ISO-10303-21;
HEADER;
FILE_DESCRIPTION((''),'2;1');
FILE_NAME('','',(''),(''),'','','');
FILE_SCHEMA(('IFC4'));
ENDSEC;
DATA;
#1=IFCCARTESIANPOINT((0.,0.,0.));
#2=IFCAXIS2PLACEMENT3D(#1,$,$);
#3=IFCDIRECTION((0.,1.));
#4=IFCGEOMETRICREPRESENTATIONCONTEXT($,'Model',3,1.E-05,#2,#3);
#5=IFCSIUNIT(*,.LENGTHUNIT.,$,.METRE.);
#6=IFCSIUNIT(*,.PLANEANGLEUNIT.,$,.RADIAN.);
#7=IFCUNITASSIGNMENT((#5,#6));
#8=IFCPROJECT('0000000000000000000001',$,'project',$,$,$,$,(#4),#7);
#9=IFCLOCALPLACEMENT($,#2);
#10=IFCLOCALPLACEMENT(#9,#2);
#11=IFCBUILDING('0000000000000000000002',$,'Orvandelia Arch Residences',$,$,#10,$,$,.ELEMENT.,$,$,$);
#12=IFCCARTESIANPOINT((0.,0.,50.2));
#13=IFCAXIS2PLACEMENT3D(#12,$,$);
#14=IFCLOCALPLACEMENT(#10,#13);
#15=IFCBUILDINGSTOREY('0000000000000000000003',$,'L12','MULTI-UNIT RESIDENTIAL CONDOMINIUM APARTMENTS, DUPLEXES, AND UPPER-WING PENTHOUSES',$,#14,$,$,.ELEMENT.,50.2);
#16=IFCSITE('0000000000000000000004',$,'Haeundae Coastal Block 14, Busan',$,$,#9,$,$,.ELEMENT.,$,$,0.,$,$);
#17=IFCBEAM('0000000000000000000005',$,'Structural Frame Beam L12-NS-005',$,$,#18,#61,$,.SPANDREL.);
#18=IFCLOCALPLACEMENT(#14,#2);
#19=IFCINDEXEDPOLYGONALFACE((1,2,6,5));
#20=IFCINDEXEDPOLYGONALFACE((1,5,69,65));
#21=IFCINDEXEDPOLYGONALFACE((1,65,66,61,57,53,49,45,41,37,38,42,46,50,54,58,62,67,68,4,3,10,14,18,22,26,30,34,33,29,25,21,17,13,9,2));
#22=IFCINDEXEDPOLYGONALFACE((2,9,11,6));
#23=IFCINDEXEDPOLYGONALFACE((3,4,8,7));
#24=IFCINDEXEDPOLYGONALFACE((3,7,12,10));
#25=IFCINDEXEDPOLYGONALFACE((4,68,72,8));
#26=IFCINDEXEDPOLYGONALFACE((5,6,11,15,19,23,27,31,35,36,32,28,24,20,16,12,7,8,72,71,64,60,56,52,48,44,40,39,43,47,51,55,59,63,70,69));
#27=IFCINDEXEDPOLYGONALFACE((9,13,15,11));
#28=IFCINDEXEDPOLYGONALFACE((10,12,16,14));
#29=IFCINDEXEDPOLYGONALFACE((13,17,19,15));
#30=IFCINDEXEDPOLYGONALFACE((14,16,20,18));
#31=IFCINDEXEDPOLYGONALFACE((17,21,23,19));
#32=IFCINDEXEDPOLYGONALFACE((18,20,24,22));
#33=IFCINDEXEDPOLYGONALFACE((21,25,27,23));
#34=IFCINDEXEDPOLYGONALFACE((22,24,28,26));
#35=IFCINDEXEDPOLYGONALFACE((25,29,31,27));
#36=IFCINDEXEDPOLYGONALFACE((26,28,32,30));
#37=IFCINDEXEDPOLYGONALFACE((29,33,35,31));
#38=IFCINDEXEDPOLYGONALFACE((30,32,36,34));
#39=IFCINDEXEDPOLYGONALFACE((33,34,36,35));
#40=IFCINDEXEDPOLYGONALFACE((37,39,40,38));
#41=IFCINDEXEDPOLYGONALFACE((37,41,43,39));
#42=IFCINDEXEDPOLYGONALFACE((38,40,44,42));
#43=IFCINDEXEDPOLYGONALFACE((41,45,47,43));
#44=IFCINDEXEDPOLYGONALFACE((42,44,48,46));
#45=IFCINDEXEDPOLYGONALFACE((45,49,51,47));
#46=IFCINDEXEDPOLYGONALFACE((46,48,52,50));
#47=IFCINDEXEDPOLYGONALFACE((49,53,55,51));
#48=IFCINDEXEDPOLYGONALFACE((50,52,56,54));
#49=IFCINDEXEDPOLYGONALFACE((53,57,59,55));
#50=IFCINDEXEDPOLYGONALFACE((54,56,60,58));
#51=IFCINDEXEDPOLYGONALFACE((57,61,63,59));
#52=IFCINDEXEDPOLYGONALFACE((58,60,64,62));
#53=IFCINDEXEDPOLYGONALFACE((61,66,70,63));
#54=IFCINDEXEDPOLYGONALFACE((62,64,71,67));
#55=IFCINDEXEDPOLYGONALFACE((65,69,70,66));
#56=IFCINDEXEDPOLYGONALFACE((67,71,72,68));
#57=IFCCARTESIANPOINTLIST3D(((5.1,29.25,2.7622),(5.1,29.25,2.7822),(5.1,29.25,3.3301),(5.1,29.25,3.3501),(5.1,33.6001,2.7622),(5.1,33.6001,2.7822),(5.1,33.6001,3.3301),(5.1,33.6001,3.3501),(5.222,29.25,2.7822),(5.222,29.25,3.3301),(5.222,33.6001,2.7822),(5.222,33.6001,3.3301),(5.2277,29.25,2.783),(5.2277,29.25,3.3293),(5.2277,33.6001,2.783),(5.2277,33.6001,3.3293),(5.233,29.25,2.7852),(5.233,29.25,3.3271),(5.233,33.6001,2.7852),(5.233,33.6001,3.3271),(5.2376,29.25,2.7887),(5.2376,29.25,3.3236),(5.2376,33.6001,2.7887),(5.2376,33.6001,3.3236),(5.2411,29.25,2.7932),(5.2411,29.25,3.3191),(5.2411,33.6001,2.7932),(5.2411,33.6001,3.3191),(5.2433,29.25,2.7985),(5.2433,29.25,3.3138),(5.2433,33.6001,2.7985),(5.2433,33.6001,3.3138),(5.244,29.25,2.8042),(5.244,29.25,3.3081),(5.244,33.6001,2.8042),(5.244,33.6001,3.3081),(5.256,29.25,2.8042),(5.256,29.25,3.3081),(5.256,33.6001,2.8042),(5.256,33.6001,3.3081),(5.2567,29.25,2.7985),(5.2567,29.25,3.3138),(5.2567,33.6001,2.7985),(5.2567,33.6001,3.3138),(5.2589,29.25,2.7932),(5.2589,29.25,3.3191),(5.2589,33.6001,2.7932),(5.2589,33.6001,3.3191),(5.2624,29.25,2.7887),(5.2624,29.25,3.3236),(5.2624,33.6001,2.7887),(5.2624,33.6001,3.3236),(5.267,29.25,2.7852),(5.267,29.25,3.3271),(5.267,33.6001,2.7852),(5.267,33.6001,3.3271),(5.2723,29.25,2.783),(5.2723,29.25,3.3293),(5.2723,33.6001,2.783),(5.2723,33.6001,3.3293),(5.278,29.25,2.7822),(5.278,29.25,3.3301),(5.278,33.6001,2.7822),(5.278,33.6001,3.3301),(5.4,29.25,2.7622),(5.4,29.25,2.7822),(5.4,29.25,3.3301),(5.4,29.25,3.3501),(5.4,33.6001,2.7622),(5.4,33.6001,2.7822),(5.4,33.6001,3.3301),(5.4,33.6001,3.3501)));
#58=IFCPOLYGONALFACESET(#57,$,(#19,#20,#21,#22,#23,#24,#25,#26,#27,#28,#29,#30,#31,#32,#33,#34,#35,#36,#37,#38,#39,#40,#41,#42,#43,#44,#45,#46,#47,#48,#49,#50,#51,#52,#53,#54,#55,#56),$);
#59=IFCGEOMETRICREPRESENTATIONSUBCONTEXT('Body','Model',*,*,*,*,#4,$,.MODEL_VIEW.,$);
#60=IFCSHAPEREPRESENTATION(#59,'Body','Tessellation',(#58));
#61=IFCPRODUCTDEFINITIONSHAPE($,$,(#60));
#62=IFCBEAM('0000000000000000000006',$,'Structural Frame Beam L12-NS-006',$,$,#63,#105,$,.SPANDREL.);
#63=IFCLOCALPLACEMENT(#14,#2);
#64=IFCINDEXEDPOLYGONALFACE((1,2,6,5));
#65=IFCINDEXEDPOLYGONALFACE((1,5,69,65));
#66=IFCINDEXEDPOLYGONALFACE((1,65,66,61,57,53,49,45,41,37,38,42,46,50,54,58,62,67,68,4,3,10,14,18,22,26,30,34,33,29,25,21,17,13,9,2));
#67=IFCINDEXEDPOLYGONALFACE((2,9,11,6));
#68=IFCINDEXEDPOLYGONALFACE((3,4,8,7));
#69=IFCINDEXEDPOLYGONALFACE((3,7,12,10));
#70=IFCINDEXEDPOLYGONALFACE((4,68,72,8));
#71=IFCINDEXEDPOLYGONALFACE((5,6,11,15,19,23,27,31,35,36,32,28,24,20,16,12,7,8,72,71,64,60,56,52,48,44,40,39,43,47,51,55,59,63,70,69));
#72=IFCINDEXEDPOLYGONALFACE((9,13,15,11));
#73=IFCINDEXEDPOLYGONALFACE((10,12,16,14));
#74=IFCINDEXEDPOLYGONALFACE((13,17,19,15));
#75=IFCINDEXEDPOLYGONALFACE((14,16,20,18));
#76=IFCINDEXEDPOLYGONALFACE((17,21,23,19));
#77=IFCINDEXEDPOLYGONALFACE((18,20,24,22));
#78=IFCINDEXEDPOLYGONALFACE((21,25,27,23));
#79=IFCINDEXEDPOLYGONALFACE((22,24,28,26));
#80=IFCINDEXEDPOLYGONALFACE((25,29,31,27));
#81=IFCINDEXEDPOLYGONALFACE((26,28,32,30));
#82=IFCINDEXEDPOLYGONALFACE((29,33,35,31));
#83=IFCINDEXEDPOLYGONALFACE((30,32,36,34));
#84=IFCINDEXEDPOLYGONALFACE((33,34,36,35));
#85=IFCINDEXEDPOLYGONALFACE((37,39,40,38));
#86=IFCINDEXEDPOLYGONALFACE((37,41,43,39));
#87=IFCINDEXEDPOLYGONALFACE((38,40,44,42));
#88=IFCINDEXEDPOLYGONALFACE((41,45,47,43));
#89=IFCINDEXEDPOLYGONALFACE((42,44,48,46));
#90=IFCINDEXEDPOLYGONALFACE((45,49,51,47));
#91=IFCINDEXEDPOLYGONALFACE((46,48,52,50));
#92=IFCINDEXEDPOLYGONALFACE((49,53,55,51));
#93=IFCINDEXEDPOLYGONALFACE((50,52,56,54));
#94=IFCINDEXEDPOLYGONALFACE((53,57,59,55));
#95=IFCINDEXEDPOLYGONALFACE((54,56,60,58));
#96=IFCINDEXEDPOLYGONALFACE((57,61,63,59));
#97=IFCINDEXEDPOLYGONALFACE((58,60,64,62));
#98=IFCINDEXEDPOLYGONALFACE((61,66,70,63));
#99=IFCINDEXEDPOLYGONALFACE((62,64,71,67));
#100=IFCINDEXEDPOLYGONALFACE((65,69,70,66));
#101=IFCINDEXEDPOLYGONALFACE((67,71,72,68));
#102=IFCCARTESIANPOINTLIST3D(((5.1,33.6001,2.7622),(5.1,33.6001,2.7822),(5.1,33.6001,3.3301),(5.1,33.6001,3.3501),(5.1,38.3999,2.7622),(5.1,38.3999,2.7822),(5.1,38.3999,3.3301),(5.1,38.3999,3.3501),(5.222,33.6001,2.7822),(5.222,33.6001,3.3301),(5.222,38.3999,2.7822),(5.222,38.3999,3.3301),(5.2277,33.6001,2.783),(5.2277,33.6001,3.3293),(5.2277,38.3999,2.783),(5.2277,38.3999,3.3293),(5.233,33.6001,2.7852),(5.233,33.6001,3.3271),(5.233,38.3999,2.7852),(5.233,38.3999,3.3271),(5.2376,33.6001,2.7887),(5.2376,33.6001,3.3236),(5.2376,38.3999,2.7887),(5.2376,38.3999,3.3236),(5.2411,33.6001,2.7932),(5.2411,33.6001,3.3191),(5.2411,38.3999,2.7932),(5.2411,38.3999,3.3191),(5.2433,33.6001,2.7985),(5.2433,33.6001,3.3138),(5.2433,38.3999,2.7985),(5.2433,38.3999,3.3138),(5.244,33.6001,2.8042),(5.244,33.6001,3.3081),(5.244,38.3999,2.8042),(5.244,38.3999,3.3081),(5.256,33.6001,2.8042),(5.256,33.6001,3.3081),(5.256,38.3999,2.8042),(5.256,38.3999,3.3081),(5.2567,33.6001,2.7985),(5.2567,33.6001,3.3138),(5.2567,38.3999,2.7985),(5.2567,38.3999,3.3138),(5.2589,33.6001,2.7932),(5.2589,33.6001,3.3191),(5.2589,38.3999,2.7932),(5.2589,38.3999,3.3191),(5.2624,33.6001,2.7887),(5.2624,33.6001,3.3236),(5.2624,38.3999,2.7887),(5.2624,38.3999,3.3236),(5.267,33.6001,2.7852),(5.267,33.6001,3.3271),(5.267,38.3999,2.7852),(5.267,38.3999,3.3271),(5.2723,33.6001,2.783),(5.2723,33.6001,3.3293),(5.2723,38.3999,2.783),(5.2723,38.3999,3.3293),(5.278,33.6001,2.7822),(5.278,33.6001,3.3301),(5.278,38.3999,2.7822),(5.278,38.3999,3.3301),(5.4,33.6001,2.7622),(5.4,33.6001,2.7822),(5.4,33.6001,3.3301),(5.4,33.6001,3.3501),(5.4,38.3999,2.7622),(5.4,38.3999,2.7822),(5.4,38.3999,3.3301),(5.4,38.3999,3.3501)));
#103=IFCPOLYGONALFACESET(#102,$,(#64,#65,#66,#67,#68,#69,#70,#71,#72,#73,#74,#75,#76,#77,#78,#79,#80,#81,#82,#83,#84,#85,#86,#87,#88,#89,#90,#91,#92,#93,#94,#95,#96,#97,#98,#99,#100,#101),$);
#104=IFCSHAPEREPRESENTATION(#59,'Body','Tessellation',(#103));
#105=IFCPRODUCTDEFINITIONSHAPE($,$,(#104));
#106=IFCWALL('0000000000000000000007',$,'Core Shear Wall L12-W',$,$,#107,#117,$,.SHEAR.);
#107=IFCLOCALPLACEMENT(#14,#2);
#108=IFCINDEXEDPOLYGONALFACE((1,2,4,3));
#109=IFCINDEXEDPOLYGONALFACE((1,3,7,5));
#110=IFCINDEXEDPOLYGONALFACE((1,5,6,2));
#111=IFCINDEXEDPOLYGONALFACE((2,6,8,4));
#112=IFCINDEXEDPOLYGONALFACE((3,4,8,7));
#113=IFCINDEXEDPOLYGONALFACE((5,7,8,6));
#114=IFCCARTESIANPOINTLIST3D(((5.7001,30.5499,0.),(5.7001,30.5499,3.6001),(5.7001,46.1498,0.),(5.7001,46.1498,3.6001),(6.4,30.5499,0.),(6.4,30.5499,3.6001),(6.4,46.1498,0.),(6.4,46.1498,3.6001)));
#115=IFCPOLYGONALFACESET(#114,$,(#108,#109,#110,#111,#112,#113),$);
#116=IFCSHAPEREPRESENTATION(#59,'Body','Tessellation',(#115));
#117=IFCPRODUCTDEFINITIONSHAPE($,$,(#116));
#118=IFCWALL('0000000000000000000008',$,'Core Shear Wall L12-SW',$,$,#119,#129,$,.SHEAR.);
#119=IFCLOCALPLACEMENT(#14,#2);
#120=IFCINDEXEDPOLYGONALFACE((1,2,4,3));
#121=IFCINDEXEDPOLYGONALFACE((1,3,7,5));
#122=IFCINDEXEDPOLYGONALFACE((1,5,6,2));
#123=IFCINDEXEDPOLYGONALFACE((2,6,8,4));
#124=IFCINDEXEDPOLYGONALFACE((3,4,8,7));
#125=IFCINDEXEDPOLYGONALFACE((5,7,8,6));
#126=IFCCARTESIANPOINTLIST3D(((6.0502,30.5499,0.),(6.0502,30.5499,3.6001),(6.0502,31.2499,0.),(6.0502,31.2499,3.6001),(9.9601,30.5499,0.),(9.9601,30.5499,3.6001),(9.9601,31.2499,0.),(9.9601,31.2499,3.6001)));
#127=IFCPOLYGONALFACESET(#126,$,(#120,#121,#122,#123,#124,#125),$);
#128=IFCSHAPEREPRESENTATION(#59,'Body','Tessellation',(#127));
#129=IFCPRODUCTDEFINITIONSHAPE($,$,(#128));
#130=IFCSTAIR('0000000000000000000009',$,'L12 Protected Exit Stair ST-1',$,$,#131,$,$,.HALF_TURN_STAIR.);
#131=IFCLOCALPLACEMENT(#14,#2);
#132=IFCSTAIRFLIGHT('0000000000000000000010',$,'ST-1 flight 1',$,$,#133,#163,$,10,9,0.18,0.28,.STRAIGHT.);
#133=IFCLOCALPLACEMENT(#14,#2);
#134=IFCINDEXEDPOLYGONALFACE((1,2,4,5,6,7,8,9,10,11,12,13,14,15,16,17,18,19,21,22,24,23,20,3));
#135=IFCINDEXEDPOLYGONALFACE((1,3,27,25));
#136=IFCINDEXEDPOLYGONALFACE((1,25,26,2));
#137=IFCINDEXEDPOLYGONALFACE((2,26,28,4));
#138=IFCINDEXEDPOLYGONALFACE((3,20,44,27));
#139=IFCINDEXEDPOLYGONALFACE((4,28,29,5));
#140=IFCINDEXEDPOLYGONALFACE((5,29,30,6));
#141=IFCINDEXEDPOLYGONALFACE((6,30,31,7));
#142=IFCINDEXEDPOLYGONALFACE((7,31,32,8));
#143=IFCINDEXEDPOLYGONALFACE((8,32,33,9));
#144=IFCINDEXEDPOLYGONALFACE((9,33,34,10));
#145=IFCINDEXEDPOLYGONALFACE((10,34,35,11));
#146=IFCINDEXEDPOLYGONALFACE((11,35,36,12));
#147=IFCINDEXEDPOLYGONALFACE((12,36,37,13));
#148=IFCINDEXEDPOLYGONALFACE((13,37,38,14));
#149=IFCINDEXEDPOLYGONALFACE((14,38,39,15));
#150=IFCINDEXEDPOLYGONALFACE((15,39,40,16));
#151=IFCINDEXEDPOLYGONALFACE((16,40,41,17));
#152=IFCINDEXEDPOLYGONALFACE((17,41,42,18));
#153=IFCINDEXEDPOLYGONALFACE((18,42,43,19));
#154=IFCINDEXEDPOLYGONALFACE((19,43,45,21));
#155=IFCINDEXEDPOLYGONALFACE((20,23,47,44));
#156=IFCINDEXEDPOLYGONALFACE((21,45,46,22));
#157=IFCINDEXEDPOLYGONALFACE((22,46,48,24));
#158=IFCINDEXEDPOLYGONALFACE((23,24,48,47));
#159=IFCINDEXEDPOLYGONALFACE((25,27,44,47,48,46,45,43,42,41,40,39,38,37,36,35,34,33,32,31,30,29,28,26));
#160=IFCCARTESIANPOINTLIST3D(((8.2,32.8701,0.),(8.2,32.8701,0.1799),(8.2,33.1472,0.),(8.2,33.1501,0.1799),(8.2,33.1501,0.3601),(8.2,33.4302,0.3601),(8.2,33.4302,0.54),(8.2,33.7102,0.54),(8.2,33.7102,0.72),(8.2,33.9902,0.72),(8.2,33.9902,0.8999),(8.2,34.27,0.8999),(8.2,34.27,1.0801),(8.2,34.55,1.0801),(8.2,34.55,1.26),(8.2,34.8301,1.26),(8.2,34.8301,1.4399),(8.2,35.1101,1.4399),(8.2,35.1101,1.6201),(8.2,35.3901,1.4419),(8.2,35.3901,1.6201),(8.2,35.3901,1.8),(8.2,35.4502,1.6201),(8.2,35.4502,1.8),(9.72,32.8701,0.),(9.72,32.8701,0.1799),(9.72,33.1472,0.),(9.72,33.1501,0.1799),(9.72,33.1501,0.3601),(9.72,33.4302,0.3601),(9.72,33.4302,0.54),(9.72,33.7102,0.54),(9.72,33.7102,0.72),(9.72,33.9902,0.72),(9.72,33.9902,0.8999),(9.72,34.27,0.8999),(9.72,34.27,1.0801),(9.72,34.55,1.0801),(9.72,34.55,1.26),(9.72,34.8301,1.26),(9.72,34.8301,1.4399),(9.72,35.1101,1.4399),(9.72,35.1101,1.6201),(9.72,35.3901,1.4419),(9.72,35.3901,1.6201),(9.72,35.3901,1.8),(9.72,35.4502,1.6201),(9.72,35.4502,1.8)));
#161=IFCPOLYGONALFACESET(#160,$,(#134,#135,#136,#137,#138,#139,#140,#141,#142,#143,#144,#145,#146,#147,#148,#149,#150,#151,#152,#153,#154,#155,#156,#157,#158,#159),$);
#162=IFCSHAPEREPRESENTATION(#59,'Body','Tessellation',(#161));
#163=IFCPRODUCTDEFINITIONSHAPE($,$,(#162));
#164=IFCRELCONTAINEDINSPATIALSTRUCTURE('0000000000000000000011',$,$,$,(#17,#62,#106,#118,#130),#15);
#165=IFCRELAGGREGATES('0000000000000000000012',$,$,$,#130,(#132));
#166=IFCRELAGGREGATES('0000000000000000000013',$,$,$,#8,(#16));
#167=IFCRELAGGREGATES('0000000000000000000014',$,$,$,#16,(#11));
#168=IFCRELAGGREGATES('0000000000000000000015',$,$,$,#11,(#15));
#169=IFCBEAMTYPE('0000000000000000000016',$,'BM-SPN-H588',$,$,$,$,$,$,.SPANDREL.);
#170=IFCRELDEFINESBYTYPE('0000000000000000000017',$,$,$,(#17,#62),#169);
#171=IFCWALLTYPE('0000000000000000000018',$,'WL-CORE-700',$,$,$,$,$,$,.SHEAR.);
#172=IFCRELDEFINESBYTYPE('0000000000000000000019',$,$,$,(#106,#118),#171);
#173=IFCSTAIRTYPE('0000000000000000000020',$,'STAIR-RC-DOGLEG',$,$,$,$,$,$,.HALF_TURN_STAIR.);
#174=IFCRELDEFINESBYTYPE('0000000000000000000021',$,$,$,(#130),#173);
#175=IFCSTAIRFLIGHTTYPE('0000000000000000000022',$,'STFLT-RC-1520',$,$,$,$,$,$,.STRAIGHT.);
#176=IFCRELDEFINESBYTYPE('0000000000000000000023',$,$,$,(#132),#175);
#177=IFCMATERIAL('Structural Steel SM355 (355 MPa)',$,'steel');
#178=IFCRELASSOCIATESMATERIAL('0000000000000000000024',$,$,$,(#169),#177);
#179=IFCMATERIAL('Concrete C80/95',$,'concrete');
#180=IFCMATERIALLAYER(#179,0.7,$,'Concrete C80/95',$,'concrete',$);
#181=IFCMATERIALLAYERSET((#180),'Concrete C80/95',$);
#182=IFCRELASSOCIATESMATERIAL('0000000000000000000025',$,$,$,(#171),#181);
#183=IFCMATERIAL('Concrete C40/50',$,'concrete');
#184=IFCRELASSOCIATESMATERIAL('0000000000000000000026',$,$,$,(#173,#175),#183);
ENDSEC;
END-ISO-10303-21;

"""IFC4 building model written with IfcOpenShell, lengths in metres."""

from ifc_helpers import new_model, si_unit, direction, frame, frame_2d, origin, origin_2d, place, context, subcontext, project, spatial, polyline, rectangle, i_section, outline, extrude, material, layer, layer_set, material_profile, profile_set, type_object, element, aggregate, save


model = new_model("IFC4")

# Units and contexts
model_context = context("Model", 3, precision=1e-05, world=origin(), true_north=direction((0.0, 1.0)))
body_context = subcontext(model_context, "Body", "Model", "MODEL_VIEW")
ifc_project = project(units=[si_unit("LENGTHUNIT", "METRE"), si_unit("PLANEANGLEUNIT", "RADIAN")], contexts=[model_context])

# Site, building, storey
site_placement = place(None, origin())
site = spatial("IfcSite", under=ifc_project, at=site_placement, Name="Haeundae Coastal Block 14, Busan", CompositionType="ELEMENT", RefElevation=0.0)
building_placement = place(site_placement, origin())
building = spatial("IfcBuilding", under=site, at=building_placement, Name="Orvandelia Arch Residences", CompositionType="ELEMENT")
storey_placement = place(building_placement, frame((0.0, 0.0, 50.2)))
storey = spatial("IfcBuildingStorey", under=building, at=storey_placement, Name="L12", Description="MULTI-UNIT RESIDENTIAL CONDOMINIUM APARTMENTS, DUPLEXES, AND UPPER-WING PENTHOUSES", CompositionType="ELEMENT", Elevation=50.2)

# Shared definitions
ifc_material_1 = material(Name="Concrete C80/95", Category="concrete")

# Beams
ifc_material_2 = material(Name="Structural Steel SM355 (355 MPa)", Category="steel")
ifc_material_profile_1 = material_profile(ifc_material_2, i_section(OverallWidth=0.3, OverallDepth=0.5879, WebThickness=0.012, FlangeThickness=0.02, FilletRadius=0.022, at=origin_2d()), Name="Structural Steel SM355 (355 MPa)", Category="steel")
ifc_profile_set_1 = profile_set([ifc_material_profile_1], Name="Structural Steel SM355 (355 MPa)")
beam_type_1 = type_object("IfcBeamType", Name="BM-SPN-H588", PredefinedType="SPANDREL", material=ifc_profile_set_1)
beam_1_placement = place(storey_placement, frame((5.25, 29.25, 3.0562), z_axis=(0.0, 1.0, 0.0), x_axis=(-1.0, 0.0, 0.0)))
element("IfcBeam", 1, at=beam_1_placement, inside=storey, type_object=beam_type_1, Name="Structural Frame Beam L12-NS-005", PredefinedType="SPANDREL", context=body_context, shape_type="SweptSolid", body=[
    extrude(i_section(OverallWidth=0.3, OverallDepth=0.5879, WebThickness=0.012, FlangeThickness=0.02, FilletRadius=0.022, at=origin_2d()), origin(), (0.0, 0.0, 1.0), 4.3501),
])
beam_2_placement = place(storey_placement, frame((5.25, 33.6001, 3.0562), z_axis=(0.0, 1.0, 0.0), x_axis=(-1.0, 0.0, 0.0)))
element("IfcBeam", 2, at=beam_2_placement, inside=storey, type_object=beam_type_1, Name="Structural Frame Beam L12-NS-006", PredefinedType="SPANDREL", context=body_context, shape_type="SweptSolid", body=[
    extrude(i_section(OverallWidth=0.3, OverallDepth=0.5879, WebThickness=0.012, FlangeThickness=0.02, FilletRadius=0.022, at=origin_2d()), origin(), (0.0, 0.0, 1.0), 4.7998),
])

# Walls
ifc_layer = layer(ifc_material_1, 0.7, Name="Concrete C80/95", Category="concrete")
ifc_layer_set = layer_set([ifc_layer], Name="Concrete C80/95")
wall_type = type_object("IfcWallType", Name="WL-CORE-700", PredefinedType="SHEAR", material=ifc_layer_set)
wall_1_placement = place(storey_placement, frame((6.05, 30.55, 0.0), z_axis=(0.0, 0.0, 1.0), x_axis=(0.0, 1.0, 0.0)))
element("IfcWall", 3, at=wall_1_placement, inside=storey, type_object=wall_type, Name="Core Shear Wall L12-W", PredefinedType="SHEAR", context=body_context, shape_type="SweptSolid", body=[
    extrude(rectangle(XDim=15.5999, YDim=0.7, at=frame_2d((7.7998, 0.0))), origin(), (0.0, 0.0, 1.0), 3.6001),
])
wall_2_placement = place(storey_placement, frame((6.05, 30.8999, 0.0), z_axis=(0.0, 0.0, 1.0), x_axis=(1.0, 0.0, 0.0)))
element("IfcWall", 4, at=wall_2_placement, inside=storey, type_object=wall_type, Name="Core Shear Wall L12-SW", PredefinedType="SHEAR", context=body_context, shape_type="SweptSolid", body=[
    extrude(rectangle(XDim=3.9099, YDim=0.7, at=frame_2d((1.9551, 0.0))), origin(), (0.0, 0.0, 1.0), 3.6001),
])

# Stair, stair flight
ifc_material_3 = material(Name="Concrete C40/50", Category="concrete")
stair_type = type_object("IfcStairType", Name="STAIR-RC-DOGLEG", PredefinedType="HALF_TURN_STAIR", material=ifc_material_3)
stair_placement = place(storey_placement, origin())
stair = element("IfcStair", 5, at=stair_placement, inside=storey, type_object=stair_type, Name="L12 Protected Exit Stair ST-1", PredefinedType="HALF_TURN_STAIR")
stair_flight_type = type_object("IfcStairFlightType", Name="STFLT-RC-1520", PredefinedType="STRAIGHT", material=ifc_material_3)
stair_flight_1_placement = place(storey_placement, frame((8.96, 32.8701, 0.0), z_axis=(0.0, 0.0, 1.0), x_axis=(0.0, 1.0, 0.0)))
stair_flight_1 = element("IfcStairFlight", 6, at=stair_flight_1_placement, type_object=stair_flight_type, Name="ST-1 flight 1", NumberOfRisers=10, NumberOfTreads=9, PredefinedType="STRAIGHT", RiserHeight=0.18, TreadLength=0.28, context=body_context, shape_type="SweptSolid", body=[
    extrude(outline(polyline([(0.0, 0.0), (0.0, 0.1799), (0.28, 0.1799), (0.28, 0.3601), (0.5601, 0.3601), (0.5601, 0.54), (0.8401, 0.54), (0.8401, 0.72), (1.1201, 0.72), (1.1201, 0.8999), (1.3999, 0.8999), (1.3999, 1.0801), (1.6799, 1.0801), (1.6799, 1.26), (1.96, 1.26), (1.96, 1.4399), (2.24, 1.4399), (2.24, 1.6201), (2.52, 1.6201), (2.52, 1.8), (2.5801, 1.8), (2.5801, 1.6201), (2.52, 1.4419), (0.2771, 0.0), (0.0, 0.0)])), frame((0.0, 0.76, 0.0), z_axis=(0.0, -1.0, 0.0), x_axis=(1.0, 0.0, 0.0)), (0.0, 0.0, 1.0), 1.52),
])
aggregate(stair, [stair_flight_1])

save(model, "model.ifc")
